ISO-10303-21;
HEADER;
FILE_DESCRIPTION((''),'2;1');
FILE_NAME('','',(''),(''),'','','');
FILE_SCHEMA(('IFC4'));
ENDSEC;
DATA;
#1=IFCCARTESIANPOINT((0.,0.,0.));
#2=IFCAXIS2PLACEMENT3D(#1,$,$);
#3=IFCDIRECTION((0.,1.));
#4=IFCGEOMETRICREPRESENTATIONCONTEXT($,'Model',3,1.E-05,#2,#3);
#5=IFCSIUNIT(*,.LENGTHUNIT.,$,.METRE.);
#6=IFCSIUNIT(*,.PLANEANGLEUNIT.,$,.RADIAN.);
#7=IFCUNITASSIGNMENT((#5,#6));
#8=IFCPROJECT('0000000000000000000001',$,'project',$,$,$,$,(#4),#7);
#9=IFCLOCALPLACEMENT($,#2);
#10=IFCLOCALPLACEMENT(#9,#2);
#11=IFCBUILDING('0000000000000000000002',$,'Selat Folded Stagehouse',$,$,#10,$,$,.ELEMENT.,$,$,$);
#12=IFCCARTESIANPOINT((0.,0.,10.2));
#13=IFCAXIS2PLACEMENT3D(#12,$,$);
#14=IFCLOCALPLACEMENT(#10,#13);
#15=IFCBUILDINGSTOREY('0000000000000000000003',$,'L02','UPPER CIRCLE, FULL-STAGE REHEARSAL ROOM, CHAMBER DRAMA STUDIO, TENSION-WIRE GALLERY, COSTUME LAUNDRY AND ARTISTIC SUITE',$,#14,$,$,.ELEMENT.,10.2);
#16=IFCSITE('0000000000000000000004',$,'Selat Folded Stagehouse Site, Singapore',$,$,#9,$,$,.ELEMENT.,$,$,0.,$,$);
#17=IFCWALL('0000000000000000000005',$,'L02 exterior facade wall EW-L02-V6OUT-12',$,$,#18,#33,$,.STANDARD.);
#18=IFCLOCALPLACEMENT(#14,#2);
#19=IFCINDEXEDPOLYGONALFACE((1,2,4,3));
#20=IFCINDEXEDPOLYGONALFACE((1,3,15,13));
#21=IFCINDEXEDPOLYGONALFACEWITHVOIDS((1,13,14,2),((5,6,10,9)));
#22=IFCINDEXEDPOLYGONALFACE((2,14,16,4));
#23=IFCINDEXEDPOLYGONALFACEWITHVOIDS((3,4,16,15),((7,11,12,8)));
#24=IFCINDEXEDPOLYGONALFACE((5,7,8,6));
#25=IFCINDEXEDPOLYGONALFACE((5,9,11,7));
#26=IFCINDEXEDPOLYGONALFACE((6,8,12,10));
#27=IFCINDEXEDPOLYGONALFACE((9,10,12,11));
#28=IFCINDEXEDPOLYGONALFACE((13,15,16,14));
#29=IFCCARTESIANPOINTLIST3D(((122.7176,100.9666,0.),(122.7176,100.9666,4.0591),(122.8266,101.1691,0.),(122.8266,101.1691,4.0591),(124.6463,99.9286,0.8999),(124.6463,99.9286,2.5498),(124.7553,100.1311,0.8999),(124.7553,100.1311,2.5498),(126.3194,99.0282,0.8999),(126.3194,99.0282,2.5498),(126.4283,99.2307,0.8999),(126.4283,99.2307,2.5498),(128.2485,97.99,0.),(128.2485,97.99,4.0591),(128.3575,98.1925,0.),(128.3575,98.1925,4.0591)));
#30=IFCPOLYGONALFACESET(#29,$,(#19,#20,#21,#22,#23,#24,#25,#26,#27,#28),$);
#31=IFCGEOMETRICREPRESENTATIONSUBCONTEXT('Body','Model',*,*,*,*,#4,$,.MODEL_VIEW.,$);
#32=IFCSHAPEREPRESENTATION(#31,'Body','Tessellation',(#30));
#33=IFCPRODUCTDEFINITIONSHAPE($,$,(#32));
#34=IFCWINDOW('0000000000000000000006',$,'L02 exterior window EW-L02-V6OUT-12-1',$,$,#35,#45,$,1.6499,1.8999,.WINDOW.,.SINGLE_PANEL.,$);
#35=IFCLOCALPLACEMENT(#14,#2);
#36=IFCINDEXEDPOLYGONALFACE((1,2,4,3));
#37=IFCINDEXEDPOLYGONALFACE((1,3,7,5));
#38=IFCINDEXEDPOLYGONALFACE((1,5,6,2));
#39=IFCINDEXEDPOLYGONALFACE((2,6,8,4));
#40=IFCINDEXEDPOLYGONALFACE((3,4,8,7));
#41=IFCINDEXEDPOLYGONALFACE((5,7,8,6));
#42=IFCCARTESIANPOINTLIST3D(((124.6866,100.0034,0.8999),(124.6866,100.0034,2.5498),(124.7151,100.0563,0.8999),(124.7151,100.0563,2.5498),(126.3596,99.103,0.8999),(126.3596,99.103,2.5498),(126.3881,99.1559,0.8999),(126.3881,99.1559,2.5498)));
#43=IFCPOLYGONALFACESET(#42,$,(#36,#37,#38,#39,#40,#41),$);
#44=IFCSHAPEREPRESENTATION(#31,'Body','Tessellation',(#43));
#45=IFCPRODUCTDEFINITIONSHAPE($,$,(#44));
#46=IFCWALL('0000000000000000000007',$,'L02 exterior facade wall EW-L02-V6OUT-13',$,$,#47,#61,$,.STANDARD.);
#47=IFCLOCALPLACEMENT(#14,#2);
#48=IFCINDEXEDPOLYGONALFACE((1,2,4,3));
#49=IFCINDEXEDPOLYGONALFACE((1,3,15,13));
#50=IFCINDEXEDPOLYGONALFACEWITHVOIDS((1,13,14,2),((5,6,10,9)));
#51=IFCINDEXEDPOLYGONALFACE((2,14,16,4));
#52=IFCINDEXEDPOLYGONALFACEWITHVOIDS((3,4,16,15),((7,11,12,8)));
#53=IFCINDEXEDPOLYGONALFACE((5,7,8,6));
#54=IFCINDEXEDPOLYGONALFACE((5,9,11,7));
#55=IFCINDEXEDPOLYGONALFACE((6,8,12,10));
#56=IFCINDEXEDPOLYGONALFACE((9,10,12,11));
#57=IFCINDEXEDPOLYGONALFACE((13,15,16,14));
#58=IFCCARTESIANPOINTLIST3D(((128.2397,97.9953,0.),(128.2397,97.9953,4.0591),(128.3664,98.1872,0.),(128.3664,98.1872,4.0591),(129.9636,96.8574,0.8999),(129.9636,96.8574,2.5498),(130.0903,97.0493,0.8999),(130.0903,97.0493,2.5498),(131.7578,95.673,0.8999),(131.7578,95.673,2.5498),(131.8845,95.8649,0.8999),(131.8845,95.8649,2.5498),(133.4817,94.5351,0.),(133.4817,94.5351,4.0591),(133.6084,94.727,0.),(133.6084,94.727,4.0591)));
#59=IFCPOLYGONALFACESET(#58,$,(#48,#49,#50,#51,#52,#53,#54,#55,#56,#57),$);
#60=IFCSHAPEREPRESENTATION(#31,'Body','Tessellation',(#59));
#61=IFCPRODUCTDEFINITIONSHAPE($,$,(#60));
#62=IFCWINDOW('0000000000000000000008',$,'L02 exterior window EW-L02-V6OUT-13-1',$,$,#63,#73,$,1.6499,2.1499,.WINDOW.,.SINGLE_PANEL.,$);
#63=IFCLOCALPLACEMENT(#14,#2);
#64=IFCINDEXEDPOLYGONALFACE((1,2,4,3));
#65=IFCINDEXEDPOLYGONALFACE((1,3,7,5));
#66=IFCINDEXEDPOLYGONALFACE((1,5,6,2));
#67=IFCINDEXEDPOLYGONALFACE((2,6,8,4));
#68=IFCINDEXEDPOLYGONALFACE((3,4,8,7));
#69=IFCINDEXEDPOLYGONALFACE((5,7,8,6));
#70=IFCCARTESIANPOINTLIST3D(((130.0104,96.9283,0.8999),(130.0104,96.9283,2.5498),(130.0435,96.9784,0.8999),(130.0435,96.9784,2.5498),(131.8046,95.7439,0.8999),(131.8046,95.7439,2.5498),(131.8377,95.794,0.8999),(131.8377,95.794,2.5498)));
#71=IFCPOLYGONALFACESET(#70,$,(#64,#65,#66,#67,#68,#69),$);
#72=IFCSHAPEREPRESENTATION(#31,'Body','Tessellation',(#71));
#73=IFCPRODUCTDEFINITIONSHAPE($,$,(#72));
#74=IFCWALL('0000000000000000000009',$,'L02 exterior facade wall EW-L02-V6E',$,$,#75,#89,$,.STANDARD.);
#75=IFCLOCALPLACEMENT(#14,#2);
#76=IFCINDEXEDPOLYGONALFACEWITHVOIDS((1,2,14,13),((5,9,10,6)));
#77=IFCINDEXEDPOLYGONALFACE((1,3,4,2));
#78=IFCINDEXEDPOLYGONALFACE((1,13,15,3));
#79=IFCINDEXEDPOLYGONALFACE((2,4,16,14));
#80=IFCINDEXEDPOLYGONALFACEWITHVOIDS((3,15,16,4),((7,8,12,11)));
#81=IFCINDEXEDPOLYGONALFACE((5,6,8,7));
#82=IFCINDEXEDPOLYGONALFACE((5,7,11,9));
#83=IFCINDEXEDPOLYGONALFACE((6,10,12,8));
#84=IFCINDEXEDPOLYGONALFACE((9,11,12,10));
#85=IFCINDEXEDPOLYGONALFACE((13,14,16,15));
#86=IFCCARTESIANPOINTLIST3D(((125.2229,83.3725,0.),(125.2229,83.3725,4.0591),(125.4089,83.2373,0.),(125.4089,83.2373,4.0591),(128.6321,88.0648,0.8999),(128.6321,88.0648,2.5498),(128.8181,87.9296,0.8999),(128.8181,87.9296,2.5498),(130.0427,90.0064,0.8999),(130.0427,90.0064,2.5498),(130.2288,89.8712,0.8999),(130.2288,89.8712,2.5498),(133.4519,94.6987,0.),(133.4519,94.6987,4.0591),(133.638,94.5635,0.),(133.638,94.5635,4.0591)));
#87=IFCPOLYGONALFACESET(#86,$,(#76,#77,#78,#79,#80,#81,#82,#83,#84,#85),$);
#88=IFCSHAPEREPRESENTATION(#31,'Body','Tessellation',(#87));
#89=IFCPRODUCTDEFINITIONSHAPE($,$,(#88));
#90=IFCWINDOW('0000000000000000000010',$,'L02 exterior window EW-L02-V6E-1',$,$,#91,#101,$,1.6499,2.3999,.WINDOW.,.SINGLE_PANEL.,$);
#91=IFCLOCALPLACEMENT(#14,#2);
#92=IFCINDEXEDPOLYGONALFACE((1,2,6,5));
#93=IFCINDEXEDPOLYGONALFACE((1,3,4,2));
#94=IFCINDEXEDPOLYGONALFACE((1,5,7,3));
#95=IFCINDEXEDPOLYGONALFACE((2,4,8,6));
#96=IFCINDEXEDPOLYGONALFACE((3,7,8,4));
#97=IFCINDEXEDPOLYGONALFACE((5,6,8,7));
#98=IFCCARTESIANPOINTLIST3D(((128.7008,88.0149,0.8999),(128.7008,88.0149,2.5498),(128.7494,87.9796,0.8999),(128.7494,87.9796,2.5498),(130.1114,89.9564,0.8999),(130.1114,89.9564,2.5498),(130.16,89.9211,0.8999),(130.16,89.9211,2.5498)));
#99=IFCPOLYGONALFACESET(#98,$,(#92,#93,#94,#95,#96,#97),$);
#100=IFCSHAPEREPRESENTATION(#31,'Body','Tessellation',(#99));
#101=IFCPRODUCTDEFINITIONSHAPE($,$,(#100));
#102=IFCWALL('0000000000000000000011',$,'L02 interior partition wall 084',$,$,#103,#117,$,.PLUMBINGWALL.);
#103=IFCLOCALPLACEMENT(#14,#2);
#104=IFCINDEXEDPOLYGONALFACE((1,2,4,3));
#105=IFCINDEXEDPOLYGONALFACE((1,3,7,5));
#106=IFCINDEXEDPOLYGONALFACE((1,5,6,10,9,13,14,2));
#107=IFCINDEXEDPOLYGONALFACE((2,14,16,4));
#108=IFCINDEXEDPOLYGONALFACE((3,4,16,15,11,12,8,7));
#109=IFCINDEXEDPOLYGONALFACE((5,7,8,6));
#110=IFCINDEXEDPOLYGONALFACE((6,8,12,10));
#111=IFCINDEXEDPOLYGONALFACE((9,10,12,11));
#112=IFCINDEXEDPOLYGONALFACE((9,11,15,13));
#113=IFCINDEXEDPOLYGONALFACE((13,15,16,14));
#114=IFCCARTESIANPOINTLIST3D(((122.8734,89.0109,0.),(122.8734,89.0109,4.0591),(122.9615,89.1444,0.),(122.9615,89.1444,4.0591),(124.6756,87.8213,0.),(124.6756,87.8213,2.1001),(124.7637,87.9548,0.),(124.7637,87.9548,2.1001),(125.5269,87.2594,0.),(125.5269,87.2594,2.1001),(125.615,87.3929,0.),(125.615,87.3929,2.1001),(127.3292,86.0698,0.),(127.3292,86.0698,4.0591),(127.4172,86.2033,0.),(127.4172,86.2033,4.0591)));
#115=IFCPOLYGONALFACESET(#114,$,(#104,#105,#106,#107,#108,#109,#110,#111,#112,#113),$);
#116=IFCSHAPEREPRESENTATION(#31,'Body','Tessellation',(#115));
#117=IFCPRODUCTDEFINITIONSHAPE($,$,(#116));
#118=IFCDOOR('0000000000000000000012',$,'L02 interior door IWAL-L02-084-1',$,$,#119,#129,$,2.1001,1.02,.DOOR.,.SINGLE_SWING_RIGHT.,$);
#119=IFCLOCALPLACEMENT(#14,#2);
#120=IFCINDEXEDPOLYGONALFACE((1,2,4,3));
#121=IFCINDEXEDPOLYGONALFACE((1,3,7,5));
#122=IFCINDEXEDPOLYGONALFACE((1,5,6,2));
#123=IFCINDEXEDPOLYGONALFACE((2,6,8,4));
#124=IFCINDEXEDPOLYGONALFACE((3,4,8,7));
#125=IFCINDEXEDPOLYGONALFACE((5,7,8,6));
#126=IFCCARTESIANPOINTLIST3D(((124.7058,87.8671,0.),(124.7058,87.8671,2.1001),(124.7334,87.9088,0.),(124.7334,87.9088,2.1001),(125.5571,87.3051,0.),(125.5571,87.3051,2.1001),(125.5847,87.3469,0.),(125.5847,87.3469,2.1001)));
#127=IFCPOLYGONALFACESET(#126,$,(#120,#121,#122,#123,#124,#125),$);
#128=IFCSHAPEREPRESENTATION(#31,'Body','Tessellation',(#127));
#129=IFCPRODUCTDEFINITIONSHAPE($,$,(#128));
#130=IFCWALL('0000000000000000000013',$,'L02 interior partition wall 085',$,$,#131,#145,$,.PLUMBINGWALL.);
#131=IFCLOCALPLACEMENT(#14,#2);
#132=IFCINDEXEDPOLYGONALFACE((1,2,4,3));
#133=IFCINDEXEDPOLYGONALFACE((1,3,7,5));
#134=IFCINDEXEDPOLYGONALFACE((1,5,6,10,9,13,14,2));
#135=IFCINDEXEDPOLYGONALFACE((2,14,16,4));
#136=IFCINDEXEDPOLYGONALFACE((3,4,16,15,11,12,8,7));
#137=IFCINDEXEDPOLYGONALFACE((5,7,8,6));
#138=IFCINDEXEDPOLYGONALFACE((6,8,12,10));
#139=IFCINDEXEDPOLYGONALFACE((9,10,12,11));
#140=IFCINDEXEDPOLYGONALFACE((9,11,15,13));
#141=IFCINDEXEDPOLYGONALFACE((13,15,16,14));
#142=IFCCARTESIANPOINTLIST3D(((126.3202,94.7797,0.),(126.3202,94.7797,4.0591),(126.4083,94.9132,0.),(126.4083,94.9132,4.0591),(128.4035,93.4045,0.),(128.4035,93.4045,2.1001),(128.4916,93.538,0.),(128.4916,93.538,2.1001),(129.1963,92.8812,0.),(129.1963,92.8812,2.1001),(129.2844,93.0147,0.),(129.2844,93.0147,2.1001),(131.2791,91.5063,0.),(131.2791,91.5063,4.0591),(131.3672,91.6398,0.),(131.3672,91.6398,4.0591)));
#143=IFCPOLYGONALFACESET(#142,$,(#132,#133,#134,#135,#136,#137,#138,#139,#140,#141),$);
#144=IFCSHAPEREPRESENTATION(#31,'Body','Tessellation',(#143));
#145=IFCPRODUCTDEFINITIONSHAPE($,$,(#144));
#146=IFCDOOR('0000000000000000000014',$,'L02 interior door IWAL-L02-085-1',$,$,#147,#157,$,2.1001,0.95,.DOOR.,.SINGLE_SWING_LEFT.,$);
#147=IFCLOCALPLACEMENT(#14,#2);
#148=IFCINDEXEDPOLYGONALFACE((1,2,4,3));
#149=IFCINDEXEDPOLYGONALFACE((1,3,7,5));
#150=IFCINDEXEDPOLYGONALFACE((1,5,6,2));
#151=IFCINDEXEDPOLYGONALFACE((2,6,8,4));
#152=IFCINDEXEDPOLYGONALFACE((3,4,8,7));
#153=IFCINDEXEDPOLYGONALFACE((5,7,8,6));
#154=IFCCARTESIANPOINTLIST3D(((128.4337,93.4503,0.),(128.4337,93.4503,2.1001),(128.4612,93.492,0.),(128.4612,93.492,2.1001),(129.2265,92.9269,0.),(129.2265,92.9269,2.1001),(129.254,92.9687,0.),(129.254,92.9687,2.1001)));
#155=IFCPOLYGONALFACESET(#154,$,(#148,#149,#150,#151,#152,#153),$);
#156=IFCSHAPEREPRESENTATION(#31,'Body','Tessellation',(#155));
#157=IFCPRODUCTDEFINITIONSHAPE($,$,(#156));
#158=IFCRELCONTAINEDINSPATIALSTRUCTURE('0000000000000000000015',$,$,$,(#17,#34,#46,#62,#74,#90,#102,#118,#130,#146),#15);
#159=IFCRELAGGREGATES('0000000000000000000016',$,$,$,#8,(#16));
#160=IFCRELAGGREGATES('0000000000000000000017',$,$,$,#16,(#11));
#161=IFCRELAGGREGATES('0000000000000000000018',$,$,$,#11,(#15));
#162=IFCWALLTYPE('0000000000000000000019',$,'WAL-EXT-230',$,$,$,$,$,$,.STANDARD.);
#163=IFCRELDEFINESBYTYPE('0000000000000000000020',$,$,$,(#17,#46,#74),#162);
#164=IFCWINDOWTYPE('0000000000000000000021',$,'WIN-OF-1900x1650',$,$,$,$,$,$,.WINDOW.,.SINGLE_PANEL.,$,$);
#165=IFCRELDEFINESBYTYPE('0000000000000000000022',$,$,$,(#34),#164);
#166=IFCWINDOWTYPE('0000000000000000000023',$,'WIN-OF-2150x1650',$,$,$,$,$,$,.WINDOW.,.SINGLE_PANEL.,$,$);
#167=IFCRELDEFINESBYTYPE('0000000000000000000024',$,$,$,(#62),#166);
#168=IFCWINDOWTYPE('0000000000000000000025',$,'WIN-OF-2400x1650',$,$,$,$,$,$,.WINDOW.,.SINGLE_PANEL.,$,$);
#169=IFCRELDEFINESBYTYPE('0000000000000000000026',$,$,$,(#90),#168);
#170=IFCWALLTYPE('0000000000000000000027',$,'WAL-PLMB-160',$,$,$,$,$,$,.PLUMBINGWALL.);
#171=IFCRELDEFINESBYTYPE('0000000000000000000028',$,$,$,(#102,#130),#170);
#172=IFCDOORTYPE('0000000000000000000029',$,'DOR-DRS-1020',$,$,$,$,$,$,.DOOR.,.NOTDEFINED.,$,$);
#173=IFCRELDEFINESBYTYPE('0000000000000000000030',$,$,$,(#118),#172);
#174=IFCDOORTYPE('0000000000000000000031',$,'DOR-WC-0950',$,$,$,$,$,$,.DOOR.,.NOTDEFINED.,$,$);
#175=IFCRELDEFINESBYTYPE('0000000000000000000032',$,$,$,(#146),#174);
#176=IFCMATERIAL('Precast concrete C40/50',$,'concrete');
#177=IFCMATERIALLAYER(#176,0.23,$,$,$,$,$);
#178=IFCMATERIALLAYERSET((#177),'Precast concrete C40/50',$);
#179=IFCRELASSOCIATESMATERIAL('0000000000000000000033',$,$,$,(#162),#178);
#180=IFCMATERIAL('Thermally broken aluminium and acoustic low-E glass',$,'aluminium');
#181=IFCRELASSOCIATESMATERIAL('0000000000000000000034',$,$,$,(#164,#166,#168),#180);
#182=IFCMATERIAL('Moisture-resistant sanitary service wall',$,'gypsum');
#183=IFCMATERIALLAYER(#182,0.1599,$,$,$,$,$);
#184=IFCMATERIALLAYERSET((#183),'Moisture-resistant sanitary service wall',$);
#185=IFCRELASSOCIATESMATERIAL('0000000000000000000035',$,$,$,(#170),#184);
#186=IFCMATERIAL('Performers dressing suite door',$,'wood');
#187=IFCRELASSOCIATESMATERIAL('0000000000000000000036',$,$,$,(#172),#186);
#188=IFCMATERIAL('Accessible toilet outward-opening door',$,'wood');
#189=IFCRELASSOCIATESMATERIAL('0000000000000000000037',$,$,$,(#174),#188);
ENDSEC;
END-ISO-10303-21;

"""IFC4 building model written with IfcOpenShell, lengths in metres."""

from ifc_helpers import new_model, si_unit, direction, frame, frame_2d, origin, place, context, subcontext, project, spatial, rectangle, extrude, material, layer, layer_set, type_object, element, fill, save


model = new_model("IFC4")

# Units and contexts
model_context = context("Model", 3, precision=1e-05, world=origin(), true_north=direction((0.0, 1.0)))
body_context = subcontext(model_context, "Body", "Model", "MODEL_VIEW")
ifc_project = project(units=[si_unit("LENGTHUNIT", "METRE"), si_unit("PLANEANGLEUNIT", "RADIAN")], contexts=[model_context])

# Site, building, storey
site_placement = place(None, origin())
site = spatial("IfcSite", under=ifc_project, at=site_placement, Name="Selat Folded Stagehouse Site, Singapore", CompositionType="ELEMENT", RefElevation=0.0)
building_placement = place(site_placement, origin())
building = spatial("IfcBuilding", under=site, at=building_placement, Name="Selat Folded Stagehouse", CompositionType="ELEMENT")
storey_placement = place(building_placement, frame((0.0, 0.0, 10.2)))
storey = spatial("IfcBuildingStorey", under=building, at=storey_placement, Name="L02", Description="UPPER CIRCLE, FULL-STAGE REHEARSAL ROOM, CHAMBER DRAMA STUDIO, TENSION-WIRE GALLERY, COSTUME LAUNDRY AND ARTISTIC SUITE", CompositionType="ELEMENT", Elevation=10.2)

# Walls, openings, windows
ifc_material_1 = material(Name="Precast concrete C40/50", Category="concrete")
ifc_layer_1 = layer(ifc_material_1, 0.23)
ifc_layer_set_1 = layer_set([ifc_layer_1], Name="Precast concrete C40/50")
wall_type_1 = type_object("IfcWallType", Name="WAL-EXT-230", PredefinedType="STANDARD", material=ifc_layer_set_1)
ifc_material_2 = material(Name="Thermally broken aluminium and acoustic low-E glass", Category="aluminium")
wall_1_placement = place(storey_placement, frame((122.772, 101.0679, 0.0), z_axis=(0.0, 0.0, 1.0), x_axis=(0.880582, -0.473894, 0.0)))
wall_1 = element("IfcWall", 1, at=wall_1_placement, inside=storey, type_object=wall_type_1, Name="L02 exterior facade wall EW-L02-V6OUT-12", PredefinedType="STANDARD", context=body_context, shape_type="SweptSolid", body=[
    extrude(rectangle(XDim=6.281, YDim=0.23, at=frame_2d((3.1406, 0.0))), origin(), (0.0, 0.0, 1.0), 4.0591),
])
opening_1_placement = place(wall_1_placement, frame((2.1904, 0.0, 0.8999)))
opening_1 = element("IfcOpeningElement", 2, at=opening_1_placement, cuts=wall_1, PredefinedType="OPENING", context=body_context, shape_type="SweptSolid", body=[
    extrude(rectangle(XDim=1.8999, YDim=1.6499, at=frame_2d((0.95, 0.825))), frame((0.0, 0.125, 0.0), z_axis=(0.0, -1.0, 0.0), x_axis=(1.0, 0.0, 0.0)), (0.0, 0.0, 1.0), 0.25),
])
window_type_1 = type_object("IfcWindowType", Name="WIN-OF-1900x1650", PartitioningType="SINGLE_PANEL", PredefinedType="WINDOW", material=ifc_material_2)
window_1_placement = place(opening_1_placement, origin())
window_1 = element("IfcWindow", 3, at=window_1_placement, inside=storey, type_object=window_type_1, Name="L02 exterior window EW-L02-V6OUT-12-1", OverallHeight=1.6499, OverallWidth=1.8999, PartitioningType="SINGLE_PANEL", PredefinedType="WINDOW", context=body_context, shape_type="SweptSolid", body=[
    extrude(rectangle(XDim=1.8999, YDim=1.6499, at=frame_2d((0.95, 0.825))), frame((0.0, 0.03, 0.0), z_axis=(0.0, -1.0, 0.0), x_axis=(1.0, 0.0, 0.0)), (0.0, 0.0, 1.0), 0.0601),
])
fill(opening_1, window_1)
wall_2_placement = place(storey_placement, frame((128.303, 98.0913, 0.0), z_axis=(0.0, 0.0, 1.0), x_axis=(0.834571, -0.5509, 0.0)))
wall_2 = element("IfcWall", 4, at=wall_2_placement, inside=storey, type_object=wall_type_1, Name="L02 exterior facade wall EW-L02-V6OUT-13", PredefinedType="STANDARD", context=body_context, shape_type="SweptSolid", body=[
    extrude(rectangle(XDim=6.281, YDim=0.23, at=frame_2d((3.1406, 0.0))), origin(), (0.0, 0.0, 1.0), 4.0591),
])
opening_2_placement = place(wall_2_placement, frame((2.0657, 0.0, 0.8999)))
opening_2 = element("IfcOpeningElement", 5, at=opening_2_placement, cuts=wall_2, PredefinedType="OPENING", context=body_context, shape_type="SweptSolid", body=[
    extrude(rectangle(XDim=2.1499, YDim=1.6499, at=frame_2d((1.075, 0.825))), frame((0.0, 0.125, 0.0), z_axis=(0.0, -1.0, 0.0), x_axis=(1.0, 0.0, 0.0)), (0.0, 0.0, 1.0), 0.25),
])
window_type_2 = type_object("IfcWindowType", Name="WIN-OF-2150x1650", PartitioningType="SINGLE_PANEL", PredefinedType="WINDOW", material=ifc_material_2)
window_2_placement = place(opening_2_placement, origin())
window_2 = element("IfcWindow", 6, at=window_2_placement, inside=storey, type_object=window_type_2, Name="L02 exterior window EW-L02-V6OUT-13-1", OverallHeight=1.6499, OverallWidth=2.1499, PartitioningType="SINGLE_PANEL", PredefinedType="WINDOW", context=body_context, shape_type="SweptSolid", body=[
    extrude(rectangle(XDim=2.1499, YDim=1.6499, at=frame_2d((1.075, 0.825))), frame((0.0, 0.03, 0.0), z_axis=(0.0, -1.0, 0.0), x_axis=(1.0, 0.0, 0.0)), (0.0, 0.0, 1.0), 0.0601),
])
fill(opening_2, window_2)
wall_3_placement = place(storey_placement, frame((133.5449, 94.6311, 0.0), z_axis=(0.0, 0.0, 1.0), x_axis=(-0.587788, -0.809015, 0.0)))
wall_3 = element("IfcWall", 7, at=wall_3_placement, inside=storey, type_object=wall_type_1, Name="L02 exterior facade wall EW-L02-V6E", PredefinedType="STANDARD", context=body_context, shape_type="SweptSolid", body=[
    extrude(rectangle(XDim=14.0, YDim=0.23, at=frame_2d((7.0, 0.0))), origin(), (0.0, 0.0, 1.0), 4.0591),
])
opening_3_placement = place(wall_3_placement, frame((5.8, 0.0, 0.8999)))
opening_3 = element("IfcOpeningElement", 8, at=opening_3_placement, cuts=wall_3, PredefinedType="OPENING", context=body_context, shape_type="SweptSolid", body=[
    extrude(rectangle(XDim=2.3999, YDim=1.6499, at=frame_2d((1.2, 0.825))), frame((0.0, 0.125, 0.0), z_axis=(0.0, -1.0, 0.0), x_axis=(1.0, 0.0, 0.0)), (0.0, 0.0, 1.0), 0.25),
])
window_type_3 = type_object("IfcWindowType", Name="WIN-OF-2400x1650", PartitioningType="SINGLE_PANEL", PredefinedType="WINDOW", material=ifc_material_2)
window_3_placement = place(opening_3_placement, origin())
window_3 = element("IfcWindow", 9, at=window_3_placement, inside=storey, type_object=window_type_3, Name="L02 exterior window EW-L02-V6E-1", OverallHeight=1.6499, OverallWidth=2.3999, PartitioningType="SINGLE_PANEL", PredefinedType="WINDOW", context=body_context, shape_type="SweptSolid", body=[
    extrude(rectangle(XDim=2.3999, YDim=1.6499, at=frame_2d((1.2, 0.825))), frame((0.0, 0.03, 0.0), z_axis=(0.0, -1.0, 0.0), x_axis=(1.0, 0.0, 0.0)), (0.0, 0.0, 1.0), 0.0601),
])
fill(opening_3, window_3)

# Walls, openings, doors
ifc_material_3 = material(Name="Moisture-resistant sanitary service wall", Category="gypsum")
ifc_layer_2 = layer(ifc_material_3, 0.1599)
ifc_layer_set_2 = layer_set([ifc_layer_2], Name="Moisture-resistant sanitary service wall")
wall_type_2 = type_object("IfcWallType", Name="WAL-PLMB-160", PredefinedType="PLUMBINGWALL", material=ifc_layer_set_2)
wall_4_placement = place(storey_placement, frame((122.9175, 89.0776, 0.0), z_axis=(0.0, 0.0, 1.0), x_axis=(0.834581, -0.550885, 0.0)))
wall_4 = element("IfcWall", 10, at=wall_4_placement, inside=storey, type_object=wall_type_2, Name="L02 interior partition wall 084", PredefinedType="PLUMBINGWALL", context=body_context, shape_type="SweptSolid", body=[
    extrude(rectangle(XDim=5.3389, YDim=0.1599, at=frame_2d((2.6694, 0.0))), origin(), (0.0, 0.0, 1.0), 4.0591),
])
opening_4_placement = place(wall_4_placement, frame((2.1594, 0.0, 0.0)))
opening_4 = element("IfcOpeningElement", 11, at=opening_4_placement, cuts=wall_4, PredefinedType="OPENING", context=body_context, shape_type="SweptSolid", body=[
    extrude(rectangle(XDim=1.02, YDim=2.1001, at=frame_2d((0.51, 1.05))), frame((0.0, 0.0898, 0.0), z_axis=(0.0, -1.0, 0.0), x_axis=(1.0, 0.0, 0.0)), (0.0, 0.0, 1.0), 0.1799),
])
ifc_material_4 = material(Name="Performers dressing suite door", Category="wood")
door_type_1 = type_object("IfcDoorType", Name="DOR-DRS-1020", OperationType="NOTDEFINED", PredefinedType="DOOR", material=ifc_material_4)
door_1_placement = place(opening_4_placement, origin())
door_1 = element("IfcDoor", 12, at=door_1_placement, inside=storey, type_object=door_type_1, Name="L02 interior door IWAL-L02-084-1", OperationType="SINGLE_SWING_RIGHT", OverallHeight=2.1001, OverallWidth=1.02, PredefinedType="DOOR", context=body_context, shape_type="SweptSolid", body=[
    extrude(rectangle(XDim=1.02, YDim=2.1001, at=frame_2d((0.51, 1.05))), frame((0.0, 0.0249, 0.0), z_axis=(0.0, -1.0, 0.0), x_axis=(1.0, 0.0, 0.0)), (0.0, 0.0, 1.0), 0.05),
])
fill(opening_4, door_1)
wall_5_placement = place(storey_placement, frame((126.3643, 94.8464, 0.0), z_axis=(0.0, 0.0, 1.0), x_axis=(0.83457, -0.550902, 0.0)))
wall_5 = element("IfcWall", 13, at=wall_5_placement, inside=storey, type_object=wall_type_2, Name="L02 interior partition wall 085", PredefinedType="PLUMBINGWALL", context=body_context, shape_type="SweptSolid", body=[
    extrude(rectangle(XDim=5.9419, YDim=0.1599, at=frame_2d((2.9709, 0.0))), origin(), (0.0, 0.0, 1.0), 4.0591),
])
opening_5_placement = place(wall_5_placement, frame((2.4961, 0.0, 0.0)))
opening_5 = element("IfcOpeningElement", 14, at=opening_5_placement, cuts=wall_5, PredefinedType="OPENING", context=body_context, shape_type="SweptSolid", body=[
    extrude(rectangle(XDim=0.95, YDim=2.1001, at=frame_2d((0.4751, 1.05))), frame((0.0, 0.0898, 0.0), z_axis=(0.0, -1.0, 0.0), x_axis=(1.0, 0.0, 0.0)), (0.0, 0.0, 1.0), 0.1799),
])
ifc_material_5 = material(Name="Accessible toilet outward-opening door", Category="wood")
door_type_2 = type_object("IfcDoorType", Name="DOR-WC-0950", OperationType="NOTDEFINED", PredefinedType="DOOR", material=ifc_material_5)
door_2_placement = place(opening_5_placement, origin())
door_2 = element("IfcDoor", 15, at=door_2_placement, inside=storey, type_object=door_type_2, Name="L02 interior door IWAL-L02-085-1", OperationType="SINGLE_SWING_LEFT", OverallHeight=2.1001, OverallWidth=0.95, PredefinedType="DOOR", context=body_context, shape_type="SweptSolid", body=[
    extrude(rectangle(XDim=0.95, YDim=2.1001, at=frame_2d((0.4751, 1.05))), frame((0.0, 0.0249, 0.0), z_axis=(0.0, -1.0, 0.0), x_axis=(1.0, 0.0, 0.0)), (0.0, 0.0, 1.0), 0.05),
])
fill(opening_5, door_2)

save(model, "model.ifc")
